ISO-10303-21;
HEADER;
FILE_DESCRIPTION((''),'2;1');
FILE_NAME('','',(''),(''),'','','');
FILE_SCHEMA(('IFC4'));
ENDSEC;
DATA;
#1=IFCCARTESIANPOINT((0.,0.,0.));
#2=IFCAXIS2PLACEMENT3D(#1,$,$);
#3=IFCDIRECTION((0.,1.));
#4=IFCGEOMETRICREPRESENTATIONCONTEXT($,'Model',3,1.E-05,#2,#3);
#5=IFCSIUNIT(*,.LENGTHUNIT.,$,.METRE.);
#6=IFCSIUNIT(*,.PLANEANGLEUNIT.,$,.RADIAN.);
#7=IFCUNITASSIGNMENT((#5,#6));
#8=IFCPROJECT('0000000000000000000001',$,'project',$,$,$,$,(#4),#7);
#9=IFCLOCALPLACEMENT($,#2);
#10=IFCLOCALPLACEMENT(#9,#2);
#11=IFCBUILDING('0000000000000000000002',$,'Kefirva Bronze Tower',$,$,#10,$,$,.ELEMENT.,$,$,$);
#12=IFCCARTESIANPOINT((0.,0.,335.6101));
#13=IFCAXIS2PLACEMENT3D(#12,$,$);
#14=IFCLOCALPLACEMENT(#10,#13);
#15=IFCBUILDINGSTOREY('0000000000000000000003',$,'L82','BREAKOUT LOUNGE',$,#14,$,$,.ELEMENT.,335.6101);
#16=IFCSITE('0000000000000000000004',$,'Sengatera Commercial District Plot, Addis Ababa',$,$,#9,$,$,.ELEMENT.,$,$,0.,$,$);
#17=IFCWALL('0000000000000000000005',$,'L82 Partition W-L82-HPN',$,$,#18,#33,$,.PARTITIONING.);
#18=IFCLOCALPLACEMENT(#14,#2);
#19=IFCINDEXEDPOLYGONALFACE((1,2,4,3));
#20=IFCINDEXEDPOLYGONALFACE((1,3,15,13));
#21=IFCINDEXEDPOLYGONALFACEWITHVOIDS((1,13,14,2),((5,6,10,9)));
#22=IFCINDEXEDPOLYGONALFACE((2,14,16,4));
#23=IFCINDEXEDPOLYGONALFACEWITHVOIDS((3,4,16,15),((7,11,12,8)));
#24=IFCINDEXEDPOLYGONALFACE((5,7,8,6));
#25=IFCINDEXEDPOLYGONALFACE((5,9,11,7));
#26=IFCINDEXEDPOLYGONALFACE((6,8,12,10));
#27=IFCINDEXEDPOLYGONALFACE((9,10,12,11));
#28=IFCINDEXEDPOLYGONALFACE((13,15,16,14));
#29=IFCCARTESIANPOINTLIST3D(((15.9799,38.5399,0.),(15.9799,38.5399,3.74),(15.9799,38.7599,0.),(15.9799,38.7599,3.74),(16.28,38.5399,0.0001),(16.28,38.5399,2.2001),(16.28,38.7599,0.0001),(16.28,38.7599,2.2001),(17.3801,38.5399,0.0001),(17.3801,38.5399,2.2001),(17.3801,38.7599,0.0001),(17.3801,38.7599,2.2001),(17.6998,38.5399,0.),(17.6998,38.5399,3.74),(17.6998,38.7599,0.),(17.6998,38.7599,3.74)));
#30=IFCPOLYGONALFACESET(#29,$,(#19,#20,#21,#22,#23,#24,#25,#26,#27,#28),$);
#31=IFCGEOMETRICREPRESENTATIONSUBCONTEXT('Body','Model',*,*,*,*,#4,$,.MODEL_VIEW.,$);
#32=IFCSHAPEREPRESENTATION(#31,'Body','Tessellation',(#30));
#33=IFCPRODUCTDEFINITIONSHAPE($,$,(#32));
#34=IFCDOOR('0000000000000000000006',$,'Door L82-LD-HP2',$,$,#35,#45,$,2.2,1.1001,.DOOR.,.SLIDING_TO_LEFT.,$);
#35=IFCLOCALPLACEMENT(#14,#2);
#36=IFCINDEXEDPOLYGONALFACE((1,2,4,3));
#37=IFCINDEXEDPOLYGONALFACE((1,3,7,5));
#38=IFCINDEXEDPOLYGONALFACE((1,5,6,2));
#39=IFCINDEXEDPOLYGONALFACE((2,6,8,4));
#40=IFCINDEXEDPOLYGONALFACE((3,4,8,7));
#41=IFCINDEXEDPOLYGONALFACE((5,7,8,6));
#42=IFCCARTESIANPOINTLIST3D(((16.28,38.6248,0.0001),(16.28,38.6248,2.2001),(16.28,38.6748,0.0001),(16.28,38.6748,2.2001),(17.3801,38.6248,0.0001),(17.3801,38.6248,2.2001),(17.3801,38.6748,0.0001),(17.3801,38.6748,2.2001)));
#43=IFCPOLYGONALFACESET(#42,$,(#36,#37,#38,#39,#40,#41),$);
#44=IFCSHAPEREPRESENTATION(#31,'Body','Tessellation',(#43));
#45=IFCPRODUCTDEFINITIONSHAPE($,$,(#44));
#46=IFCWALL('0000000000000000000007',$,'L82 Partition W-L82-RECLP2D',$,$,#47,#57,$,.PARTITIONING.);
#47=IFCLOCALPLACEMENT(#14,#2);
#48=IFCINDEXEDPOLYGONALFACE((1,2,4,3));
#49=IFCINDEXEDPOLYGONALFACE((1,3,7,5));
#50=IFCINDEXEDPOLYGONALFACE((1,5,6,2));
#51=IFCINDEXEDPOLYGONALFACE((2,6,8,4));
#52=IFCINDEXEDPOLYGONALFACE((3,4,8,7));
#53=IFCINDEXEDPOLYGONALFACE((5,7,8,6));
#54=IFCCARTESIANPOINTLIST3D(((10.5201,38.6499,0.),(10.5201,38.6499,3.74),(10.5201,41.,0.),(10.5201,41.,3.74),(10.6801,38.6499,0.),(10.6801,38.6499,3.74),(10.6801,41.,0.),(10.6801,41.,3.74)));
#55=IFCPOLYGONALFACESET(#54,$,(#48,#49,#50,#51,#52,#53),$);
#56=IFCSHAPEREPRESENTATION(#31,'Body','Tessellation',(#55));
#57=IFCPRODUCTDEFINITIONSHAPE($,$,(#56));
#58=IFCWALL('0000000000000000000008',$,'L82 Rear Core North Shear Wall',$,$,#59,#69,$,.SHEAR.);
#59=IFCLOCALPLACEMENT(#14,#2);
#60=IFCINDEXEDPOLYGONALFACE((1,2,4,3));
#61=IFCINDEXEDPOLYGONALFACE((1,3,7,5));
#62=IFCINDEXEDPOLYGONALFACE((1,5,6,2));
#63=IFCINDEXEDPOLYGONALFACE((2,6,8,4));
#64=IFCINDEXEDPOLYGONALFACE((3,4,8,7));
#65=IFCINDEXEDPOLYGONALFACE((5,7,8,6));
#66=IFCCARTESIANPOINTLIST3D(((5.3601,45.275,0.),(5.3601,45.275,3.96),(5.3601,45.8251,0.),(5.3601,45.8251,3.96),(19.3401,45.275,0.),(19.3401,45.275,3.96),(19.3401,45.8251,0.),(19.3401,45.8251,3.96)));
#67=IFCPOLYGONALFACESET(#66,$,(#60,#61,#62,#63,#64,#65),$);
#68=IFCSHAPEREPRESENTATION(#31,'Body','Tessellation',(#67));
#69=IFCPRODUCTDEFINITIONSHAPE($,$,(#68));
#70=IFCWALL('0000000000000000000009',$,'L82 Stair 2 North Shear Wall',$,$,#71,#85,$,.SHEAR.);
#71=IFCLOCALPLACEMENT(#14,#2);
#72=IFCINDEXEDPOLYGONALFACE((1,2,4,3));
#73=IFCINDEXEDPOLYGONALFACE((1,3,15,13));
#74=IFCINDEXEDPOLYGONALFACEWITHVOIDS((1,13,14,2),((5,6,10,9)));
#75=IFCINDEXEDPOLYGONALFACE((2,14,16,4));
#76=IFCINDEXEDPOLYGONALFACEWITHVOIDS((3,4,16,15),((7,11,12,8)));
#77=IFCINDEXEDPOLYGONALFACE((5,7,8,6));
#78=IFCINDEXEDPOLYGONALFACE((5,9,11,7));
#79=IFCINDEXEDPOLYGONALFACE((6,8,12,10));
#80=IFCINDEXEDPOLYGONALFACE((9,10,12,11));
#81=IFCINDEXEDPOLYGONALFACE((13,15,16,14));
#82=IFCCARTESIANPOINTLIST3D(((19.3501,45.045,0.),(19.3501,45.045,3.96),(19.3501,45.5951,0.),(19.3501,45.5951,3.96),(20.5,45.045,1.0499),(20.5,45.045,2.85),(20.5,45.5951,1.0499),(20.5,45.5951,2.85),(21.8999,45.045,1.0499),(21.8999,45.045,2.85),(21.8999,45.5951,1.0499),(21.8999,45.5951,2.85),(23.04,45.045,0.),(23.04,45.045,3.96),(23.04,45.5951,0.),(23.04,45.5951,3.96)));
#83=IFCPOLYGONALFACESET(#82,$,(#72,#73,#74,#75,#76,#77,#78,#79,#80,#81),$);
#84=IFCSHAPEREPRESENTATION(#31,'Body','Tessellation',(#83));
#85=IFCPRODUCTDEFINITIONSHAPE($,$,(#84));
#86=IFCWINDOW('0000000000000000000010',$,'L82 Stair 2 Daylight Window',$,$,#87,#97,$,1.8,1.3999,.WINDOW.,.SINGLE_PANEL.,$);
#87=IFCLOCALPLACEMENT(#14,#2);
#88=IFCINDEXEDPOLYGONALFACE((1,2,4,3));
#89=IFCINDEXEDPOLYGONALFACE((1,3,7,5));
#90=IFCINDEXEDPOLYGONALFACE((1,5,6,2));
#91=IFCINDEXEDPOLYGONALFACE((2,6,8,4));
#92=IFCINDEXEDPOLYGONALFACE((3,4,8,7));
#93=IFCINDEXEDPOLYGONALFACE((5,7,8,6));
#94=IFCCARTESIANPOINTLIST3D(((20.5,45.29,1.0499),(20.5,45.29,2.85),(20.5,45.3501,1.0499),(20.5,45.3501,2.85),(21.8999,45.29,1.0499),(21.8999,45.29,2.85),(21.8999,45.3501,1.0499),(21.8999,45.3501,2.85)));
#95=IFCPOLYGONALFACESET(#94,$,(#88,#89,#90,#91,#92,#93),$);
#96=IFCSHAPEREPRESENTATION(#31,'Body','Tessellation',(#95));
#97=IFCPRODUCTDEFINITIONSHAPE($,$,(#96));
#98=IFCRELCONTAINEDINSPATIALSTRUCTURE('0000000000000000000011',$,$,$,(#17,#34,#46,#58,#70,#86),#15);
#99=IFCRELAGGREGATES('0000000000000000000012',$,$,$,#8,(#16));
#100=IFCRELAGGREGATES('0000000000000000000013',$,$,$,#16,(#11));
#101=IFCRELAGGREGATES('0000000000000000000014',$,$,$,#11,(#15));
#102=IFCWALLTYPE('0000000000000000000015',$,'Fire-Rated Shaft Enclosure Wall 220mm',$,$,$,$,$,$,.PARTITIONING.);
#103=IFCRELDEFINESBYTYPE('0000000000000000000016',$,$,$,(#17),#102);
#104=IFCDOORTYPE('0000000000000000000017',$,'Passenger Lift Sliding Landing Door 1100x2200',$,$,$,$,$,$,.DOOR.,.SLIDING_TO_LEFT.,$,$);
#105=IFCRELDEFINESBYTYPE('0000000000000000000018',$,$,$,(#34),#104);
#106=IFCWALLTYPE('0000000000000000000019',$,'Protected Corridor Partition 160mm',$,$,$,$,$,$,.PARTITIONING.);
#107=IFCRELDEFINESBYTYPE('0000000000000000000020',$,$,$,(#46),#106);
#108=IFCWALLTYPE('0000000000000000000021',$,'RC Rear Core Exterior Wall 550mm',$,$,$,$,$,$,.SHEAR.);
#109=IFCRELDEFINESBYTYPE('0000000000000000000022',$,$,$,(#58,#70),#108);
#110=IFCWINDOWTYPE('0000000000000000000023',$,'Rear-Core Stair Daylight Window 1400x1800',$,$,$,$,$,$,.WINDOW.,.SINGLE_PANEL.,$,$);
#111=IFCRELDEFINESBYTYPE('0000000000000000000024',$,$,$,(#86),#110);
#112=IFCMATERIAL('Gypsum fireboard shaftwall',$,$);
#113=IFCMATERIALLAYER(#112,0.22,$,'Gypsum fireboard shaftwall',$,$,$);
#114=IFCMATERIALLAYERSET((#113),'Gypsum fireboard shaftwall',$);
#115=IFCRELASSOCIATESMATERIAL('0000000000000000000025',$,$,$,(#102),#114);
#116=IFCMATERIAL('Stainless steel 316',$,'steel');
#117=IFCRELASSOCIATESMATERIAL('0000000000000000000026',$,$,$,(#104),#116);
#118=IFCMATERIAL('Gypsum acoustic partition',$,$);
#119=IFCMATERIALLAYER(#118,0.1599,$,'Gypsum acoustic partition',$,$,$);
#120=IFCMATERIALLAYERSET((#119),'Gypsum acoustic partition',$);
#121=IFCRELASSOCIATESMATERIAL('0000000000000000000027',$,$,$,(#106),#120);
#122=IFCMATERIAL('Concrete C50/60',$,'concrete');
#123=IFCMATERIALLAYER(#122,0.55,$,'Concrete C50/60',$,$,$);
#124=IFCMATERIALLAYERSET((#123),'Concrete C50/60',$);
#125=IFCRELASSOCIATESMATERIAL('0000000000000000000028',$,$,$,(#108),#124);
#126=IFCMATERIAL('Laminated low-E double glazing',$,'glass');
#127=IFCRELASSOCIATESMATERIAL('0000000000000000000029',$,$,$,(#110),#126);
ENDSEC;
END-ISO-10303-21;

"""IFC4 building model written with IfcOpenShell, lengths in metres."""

from ifc_helpers import new_model, si_unit, direction, frame, frame_2d, origin, place, context, subcontext, project, spatial, rectangle, extrude, material, layer, layer_set, type_object, element, fill, save


model = new_model("IFC4")

# Units and contexts
model_context = context("Model", 3, precision=1e-05, world=origin(), true_north=direction((0.0, 1.0)))
body_context = subcontext(model_context, "Body", "Model", "MODEL_VIEW")
ifc_project = project(units=[si_unit("LENGTHUNIT", "METRE"), si_unit("PLANEANGLEUNIT", "RADIAN")], contexts=[model_context])

# Site, building, storey
site_placement = place(None, origin())
site = spatial("IfcSite", under=ifc_project, at=site_placement, Name="Sengatera Commercial District Plot, Addis Ababa", CompositionType="ELEMENT", RefElevation=0.0)
building_placement = place(site_placement, origin())
building = spatial("IfcBuilding", under=site, at=building_placement, Name="Kefirva Bronze Tower", CompositionType="ELEMENT")
storey_placement = place(building_placement, frame((0.0, 0.0, 335.6101)))
storey = spatial("IfcBuildingStorey", under=building, at=storey_placement, Name="L82", Description="BREAKOUT LOUNGE", CompositionType="ELEMENT", Elevation=335.6101)

# Shared definitions
ifc_material_1 = material(Name="Concrete C50/60", Category="concrete")

# Shared definitions
ifc_material_2 = material(Name="Gypsum acoustic partition")

# Shared definitions
ifc_material_3 = material(Name="Gypsum fireboard shaftwall")
ifc_layer_1 = layer(ifc_material_3, 0.22, Name="Gypsum fireboard shaftwall")
ifc_layer_set_1 = layer_set([ifc_layer_1], Name="Gypsum fireboard shaftwall")
wall_type_1 = type_object("IfcWallType", Name="Fire-Rated Shaft Enclosure Wall 220mm", PredefinedType="PARTITIONING", material=ifc_layer_set_1)

# Shared definitions
ifc_material_4 = material(Name="Stainless steel 316", Category="steel")

# Shared definitions
door_type_1 = type_object("IfcDoorType", Name="Passenger Lift Sliding Landing Door 1100x2200", OperationType="SLIDING_TO_LEFT", PredefinedType="DOOR", material=ifc_material_4)

# Wall, opening, door
wall_1_placement = place(storey_placement, frame((15.98, 38.6499, 0.0), z_axis=(0.0, 0.0, 1.0), x_axis=(1.0, 0.0, 0.0)))
wall_1 = element("IfcWall", 1, at=wall_1_placement, inside=storey, type_object=wall_type_1, Name="L82 Partition W-L82-HPN", PredefinedType="PARTITIONING", context=body_context, shape_type="SweptSolid", body=[
    extrude(rectangle(XDim=1.72, YDim=0.22, at=frame_2d((0.8599, 0.0))), origin(), (0.0, 0.0, 1.0), 3.74),
])
opening_1_placement = place(wall_1_placement, frame((0.3, 0.0, 0.0)))
opening_1 = element("IfcOpeningElement", 2, at=opening_1_placement, cuts=wall_1, PredefinedType="OPENING", context=body_context, shape_type="SweptSolid", body=[
    extrude(rectangle(XDim=1.1001, YDim=2.2, at=frame_2d((0.55, 1.1001))), frame((0.0, 0.1201, 0.0), z_axis=(0.0, -1.0, 0.0), x_axis=(1.0, 0.0, 0.0)), (0.0, 0.0, 1.0), 0.24),
])
door_1_placement = place(opening_1_placement, origin())
door_1 = element("IfcDoor", 3, at=door_1_placement, inside=storey, type_object=door_type_1, Name="Door L82-LD-HP2", OperationType="SLIDING_TO_LEFT", OverallHeight=2.2, OverallWidth=1.1001, PredefinedType="DOOR", context=body_context, shape_type="SweptSolid", body=[
    extrude(rectangle(XDim=1.1001, YDim=2.2, at=frame_2d((0.55, 1.1001))), frame((0.0, 0.0249, 0.0), z_axis=(0.0, -1.0, 0.0), x_axis=(1.0, 0.0, 0.0)), (0.0, 0.0, 1.0), 0.05),
])
fill(opening_1, door_1)

# Walls
ifc_layer_2 = layer(ifc_material_2, 0.1599, Name="Gypsum acoustic partition")
ifc_layer_set_2 = layer_set([ifc_layer_2], Name="Gypsum acoustic partition")
wall_type_2 = type_object("IfcWallType", Name="Protected Corridor Partition 160mm", PredefinedType="PARTITIONING", material=ifc_layer_set_2)
wall_2_placement = place(storey_placement, frame((10.6001, 38.6499, 0.0), z_axis=(0.0, 0.0, 1.0), x_axis=(0.0, 1.0, 0.0)))
element("IfcWall", 4, at=wall_2_placement, inside=storey, type_object=wall_type_2, Name="L82 Partition W-L82-RECLP2D", PredefinedType="PARTITIONING", context=body_context, shape_type="SweptSolid", body=[
    extrude(rectangle(XDim=2.3501, YDim=0.1599, at=frame_2d((1.175, 0.0))), origin(), (0.0, 0.0, 1.0), 3.74),
])
ifc_layer_3 = layer(ifc_material_1, 0.55, Name="Concrete C50/60")
ifc_layer_set_3 = layer_set([ifc_layer_3], Name="Concrete C50/60")
wall_type_3 = type_object("IfcWallType", Name="RC Rear Core Exterior Wall 550mm", PredefinedType="SHEAR", material=ifc_layer_set_3)
wall_3_placement = place(storey_placement, frame((5.3601, 45.55, 0.0), z_axis=(0.0, 0.0, 1.0), x_axis=(1.0, 0.0, 0.0)))
element("IfcWall", 5, at=wall_3_placement, inside=storey, type_object=wall_type_3, Name="L82 Rear Core North Shear Wall", PredefinedType="SHEAR", context=body_context, shape_type="SweptSolid", body=[
    extrude(rectangle(XDim=13.98, YDim=0.55, at=frame_2d((6.99, 0.0))), origin(), (0.0, 0.0, 1.0), 3.96),
])

# Wall, opening, window
wall_4_placement = place(storey_placement, frame((19.3501, 45.3201, 0.0), z_axis=(0.0, 0.0, 1.0), x_axis=(1.0, 0.0, 0.0)))
wall_4 = element("IfcWall", 6, at=wall_4_placement, inside=storey, type_object=wall_type_3, Name="L82 Stair 2 North Shear Wall", PredefinedType="SHEAR", context=body_context, shape_type="SweptSolid", body=[
    extrude(rectangle(XDim=3.6899, YDim=0.55, at=frame_2d((1.845, 0.0))), origin(), (0.0, 0.0, 1.0), 3.96),
])
opening_2_placement = place(wall_4_placement, frame((1.1499, 0.0, 1.05)))
opening_2 = element("IfcOpeningElement", 7, at=opening_2_placement, cuts=wall_4, PredefinedType="OPENING", context=body_context, shape_type="SweptSolid", body=[
    extrude(rectangle(XDim=1.3999, YDim=1.8, at=frame_2d((0.7, 0.8999))), frame((0.0, 0.2852, 0.0), z_axis=(0.0, -1.0, 0.0), x_axis=(1.0, 0.0, 0.0)), (0.0, 0.0, 1.0), 0.5701),
])
ifc_material_5 = material(Name="Laminated low-E double glazing", Category="glass")
window_type = type_object("IfcWindowType", Name="Rear-Core Stair Daylight Window 1400x1800", PartitioningType="SINGLE_PANEL", PredefinedType="WINDOW", material=ifc_material_5)
window_placement = place(opening_2_placement, origin())
window = element("IfcWindow", 8, at=window_placement, inside=storey, type_object=window_type, Name="L82 Stair 2 Daylight Window", OverallHeight=1.8, OverallWidth=1.3999, PartitioningType="SINGLE_PANEL", PredefinedType="WINDOW", context=body_context, shape_type="SweptSolid", body=[
    extrude(rectangle(XDim=1.3999, YDim=1.8, at=frame_2d((0.7, 0.8999))), frame((0.0, 0.03, 0.0), z_axis=(0.0, -1.0, 0.0), x_axis=(1.0, 0.0, 0.0)), (0.0, 0.0, 1.0), 0.0601),
])
fill(opening_2, window)

save(model, "model.ifc")
